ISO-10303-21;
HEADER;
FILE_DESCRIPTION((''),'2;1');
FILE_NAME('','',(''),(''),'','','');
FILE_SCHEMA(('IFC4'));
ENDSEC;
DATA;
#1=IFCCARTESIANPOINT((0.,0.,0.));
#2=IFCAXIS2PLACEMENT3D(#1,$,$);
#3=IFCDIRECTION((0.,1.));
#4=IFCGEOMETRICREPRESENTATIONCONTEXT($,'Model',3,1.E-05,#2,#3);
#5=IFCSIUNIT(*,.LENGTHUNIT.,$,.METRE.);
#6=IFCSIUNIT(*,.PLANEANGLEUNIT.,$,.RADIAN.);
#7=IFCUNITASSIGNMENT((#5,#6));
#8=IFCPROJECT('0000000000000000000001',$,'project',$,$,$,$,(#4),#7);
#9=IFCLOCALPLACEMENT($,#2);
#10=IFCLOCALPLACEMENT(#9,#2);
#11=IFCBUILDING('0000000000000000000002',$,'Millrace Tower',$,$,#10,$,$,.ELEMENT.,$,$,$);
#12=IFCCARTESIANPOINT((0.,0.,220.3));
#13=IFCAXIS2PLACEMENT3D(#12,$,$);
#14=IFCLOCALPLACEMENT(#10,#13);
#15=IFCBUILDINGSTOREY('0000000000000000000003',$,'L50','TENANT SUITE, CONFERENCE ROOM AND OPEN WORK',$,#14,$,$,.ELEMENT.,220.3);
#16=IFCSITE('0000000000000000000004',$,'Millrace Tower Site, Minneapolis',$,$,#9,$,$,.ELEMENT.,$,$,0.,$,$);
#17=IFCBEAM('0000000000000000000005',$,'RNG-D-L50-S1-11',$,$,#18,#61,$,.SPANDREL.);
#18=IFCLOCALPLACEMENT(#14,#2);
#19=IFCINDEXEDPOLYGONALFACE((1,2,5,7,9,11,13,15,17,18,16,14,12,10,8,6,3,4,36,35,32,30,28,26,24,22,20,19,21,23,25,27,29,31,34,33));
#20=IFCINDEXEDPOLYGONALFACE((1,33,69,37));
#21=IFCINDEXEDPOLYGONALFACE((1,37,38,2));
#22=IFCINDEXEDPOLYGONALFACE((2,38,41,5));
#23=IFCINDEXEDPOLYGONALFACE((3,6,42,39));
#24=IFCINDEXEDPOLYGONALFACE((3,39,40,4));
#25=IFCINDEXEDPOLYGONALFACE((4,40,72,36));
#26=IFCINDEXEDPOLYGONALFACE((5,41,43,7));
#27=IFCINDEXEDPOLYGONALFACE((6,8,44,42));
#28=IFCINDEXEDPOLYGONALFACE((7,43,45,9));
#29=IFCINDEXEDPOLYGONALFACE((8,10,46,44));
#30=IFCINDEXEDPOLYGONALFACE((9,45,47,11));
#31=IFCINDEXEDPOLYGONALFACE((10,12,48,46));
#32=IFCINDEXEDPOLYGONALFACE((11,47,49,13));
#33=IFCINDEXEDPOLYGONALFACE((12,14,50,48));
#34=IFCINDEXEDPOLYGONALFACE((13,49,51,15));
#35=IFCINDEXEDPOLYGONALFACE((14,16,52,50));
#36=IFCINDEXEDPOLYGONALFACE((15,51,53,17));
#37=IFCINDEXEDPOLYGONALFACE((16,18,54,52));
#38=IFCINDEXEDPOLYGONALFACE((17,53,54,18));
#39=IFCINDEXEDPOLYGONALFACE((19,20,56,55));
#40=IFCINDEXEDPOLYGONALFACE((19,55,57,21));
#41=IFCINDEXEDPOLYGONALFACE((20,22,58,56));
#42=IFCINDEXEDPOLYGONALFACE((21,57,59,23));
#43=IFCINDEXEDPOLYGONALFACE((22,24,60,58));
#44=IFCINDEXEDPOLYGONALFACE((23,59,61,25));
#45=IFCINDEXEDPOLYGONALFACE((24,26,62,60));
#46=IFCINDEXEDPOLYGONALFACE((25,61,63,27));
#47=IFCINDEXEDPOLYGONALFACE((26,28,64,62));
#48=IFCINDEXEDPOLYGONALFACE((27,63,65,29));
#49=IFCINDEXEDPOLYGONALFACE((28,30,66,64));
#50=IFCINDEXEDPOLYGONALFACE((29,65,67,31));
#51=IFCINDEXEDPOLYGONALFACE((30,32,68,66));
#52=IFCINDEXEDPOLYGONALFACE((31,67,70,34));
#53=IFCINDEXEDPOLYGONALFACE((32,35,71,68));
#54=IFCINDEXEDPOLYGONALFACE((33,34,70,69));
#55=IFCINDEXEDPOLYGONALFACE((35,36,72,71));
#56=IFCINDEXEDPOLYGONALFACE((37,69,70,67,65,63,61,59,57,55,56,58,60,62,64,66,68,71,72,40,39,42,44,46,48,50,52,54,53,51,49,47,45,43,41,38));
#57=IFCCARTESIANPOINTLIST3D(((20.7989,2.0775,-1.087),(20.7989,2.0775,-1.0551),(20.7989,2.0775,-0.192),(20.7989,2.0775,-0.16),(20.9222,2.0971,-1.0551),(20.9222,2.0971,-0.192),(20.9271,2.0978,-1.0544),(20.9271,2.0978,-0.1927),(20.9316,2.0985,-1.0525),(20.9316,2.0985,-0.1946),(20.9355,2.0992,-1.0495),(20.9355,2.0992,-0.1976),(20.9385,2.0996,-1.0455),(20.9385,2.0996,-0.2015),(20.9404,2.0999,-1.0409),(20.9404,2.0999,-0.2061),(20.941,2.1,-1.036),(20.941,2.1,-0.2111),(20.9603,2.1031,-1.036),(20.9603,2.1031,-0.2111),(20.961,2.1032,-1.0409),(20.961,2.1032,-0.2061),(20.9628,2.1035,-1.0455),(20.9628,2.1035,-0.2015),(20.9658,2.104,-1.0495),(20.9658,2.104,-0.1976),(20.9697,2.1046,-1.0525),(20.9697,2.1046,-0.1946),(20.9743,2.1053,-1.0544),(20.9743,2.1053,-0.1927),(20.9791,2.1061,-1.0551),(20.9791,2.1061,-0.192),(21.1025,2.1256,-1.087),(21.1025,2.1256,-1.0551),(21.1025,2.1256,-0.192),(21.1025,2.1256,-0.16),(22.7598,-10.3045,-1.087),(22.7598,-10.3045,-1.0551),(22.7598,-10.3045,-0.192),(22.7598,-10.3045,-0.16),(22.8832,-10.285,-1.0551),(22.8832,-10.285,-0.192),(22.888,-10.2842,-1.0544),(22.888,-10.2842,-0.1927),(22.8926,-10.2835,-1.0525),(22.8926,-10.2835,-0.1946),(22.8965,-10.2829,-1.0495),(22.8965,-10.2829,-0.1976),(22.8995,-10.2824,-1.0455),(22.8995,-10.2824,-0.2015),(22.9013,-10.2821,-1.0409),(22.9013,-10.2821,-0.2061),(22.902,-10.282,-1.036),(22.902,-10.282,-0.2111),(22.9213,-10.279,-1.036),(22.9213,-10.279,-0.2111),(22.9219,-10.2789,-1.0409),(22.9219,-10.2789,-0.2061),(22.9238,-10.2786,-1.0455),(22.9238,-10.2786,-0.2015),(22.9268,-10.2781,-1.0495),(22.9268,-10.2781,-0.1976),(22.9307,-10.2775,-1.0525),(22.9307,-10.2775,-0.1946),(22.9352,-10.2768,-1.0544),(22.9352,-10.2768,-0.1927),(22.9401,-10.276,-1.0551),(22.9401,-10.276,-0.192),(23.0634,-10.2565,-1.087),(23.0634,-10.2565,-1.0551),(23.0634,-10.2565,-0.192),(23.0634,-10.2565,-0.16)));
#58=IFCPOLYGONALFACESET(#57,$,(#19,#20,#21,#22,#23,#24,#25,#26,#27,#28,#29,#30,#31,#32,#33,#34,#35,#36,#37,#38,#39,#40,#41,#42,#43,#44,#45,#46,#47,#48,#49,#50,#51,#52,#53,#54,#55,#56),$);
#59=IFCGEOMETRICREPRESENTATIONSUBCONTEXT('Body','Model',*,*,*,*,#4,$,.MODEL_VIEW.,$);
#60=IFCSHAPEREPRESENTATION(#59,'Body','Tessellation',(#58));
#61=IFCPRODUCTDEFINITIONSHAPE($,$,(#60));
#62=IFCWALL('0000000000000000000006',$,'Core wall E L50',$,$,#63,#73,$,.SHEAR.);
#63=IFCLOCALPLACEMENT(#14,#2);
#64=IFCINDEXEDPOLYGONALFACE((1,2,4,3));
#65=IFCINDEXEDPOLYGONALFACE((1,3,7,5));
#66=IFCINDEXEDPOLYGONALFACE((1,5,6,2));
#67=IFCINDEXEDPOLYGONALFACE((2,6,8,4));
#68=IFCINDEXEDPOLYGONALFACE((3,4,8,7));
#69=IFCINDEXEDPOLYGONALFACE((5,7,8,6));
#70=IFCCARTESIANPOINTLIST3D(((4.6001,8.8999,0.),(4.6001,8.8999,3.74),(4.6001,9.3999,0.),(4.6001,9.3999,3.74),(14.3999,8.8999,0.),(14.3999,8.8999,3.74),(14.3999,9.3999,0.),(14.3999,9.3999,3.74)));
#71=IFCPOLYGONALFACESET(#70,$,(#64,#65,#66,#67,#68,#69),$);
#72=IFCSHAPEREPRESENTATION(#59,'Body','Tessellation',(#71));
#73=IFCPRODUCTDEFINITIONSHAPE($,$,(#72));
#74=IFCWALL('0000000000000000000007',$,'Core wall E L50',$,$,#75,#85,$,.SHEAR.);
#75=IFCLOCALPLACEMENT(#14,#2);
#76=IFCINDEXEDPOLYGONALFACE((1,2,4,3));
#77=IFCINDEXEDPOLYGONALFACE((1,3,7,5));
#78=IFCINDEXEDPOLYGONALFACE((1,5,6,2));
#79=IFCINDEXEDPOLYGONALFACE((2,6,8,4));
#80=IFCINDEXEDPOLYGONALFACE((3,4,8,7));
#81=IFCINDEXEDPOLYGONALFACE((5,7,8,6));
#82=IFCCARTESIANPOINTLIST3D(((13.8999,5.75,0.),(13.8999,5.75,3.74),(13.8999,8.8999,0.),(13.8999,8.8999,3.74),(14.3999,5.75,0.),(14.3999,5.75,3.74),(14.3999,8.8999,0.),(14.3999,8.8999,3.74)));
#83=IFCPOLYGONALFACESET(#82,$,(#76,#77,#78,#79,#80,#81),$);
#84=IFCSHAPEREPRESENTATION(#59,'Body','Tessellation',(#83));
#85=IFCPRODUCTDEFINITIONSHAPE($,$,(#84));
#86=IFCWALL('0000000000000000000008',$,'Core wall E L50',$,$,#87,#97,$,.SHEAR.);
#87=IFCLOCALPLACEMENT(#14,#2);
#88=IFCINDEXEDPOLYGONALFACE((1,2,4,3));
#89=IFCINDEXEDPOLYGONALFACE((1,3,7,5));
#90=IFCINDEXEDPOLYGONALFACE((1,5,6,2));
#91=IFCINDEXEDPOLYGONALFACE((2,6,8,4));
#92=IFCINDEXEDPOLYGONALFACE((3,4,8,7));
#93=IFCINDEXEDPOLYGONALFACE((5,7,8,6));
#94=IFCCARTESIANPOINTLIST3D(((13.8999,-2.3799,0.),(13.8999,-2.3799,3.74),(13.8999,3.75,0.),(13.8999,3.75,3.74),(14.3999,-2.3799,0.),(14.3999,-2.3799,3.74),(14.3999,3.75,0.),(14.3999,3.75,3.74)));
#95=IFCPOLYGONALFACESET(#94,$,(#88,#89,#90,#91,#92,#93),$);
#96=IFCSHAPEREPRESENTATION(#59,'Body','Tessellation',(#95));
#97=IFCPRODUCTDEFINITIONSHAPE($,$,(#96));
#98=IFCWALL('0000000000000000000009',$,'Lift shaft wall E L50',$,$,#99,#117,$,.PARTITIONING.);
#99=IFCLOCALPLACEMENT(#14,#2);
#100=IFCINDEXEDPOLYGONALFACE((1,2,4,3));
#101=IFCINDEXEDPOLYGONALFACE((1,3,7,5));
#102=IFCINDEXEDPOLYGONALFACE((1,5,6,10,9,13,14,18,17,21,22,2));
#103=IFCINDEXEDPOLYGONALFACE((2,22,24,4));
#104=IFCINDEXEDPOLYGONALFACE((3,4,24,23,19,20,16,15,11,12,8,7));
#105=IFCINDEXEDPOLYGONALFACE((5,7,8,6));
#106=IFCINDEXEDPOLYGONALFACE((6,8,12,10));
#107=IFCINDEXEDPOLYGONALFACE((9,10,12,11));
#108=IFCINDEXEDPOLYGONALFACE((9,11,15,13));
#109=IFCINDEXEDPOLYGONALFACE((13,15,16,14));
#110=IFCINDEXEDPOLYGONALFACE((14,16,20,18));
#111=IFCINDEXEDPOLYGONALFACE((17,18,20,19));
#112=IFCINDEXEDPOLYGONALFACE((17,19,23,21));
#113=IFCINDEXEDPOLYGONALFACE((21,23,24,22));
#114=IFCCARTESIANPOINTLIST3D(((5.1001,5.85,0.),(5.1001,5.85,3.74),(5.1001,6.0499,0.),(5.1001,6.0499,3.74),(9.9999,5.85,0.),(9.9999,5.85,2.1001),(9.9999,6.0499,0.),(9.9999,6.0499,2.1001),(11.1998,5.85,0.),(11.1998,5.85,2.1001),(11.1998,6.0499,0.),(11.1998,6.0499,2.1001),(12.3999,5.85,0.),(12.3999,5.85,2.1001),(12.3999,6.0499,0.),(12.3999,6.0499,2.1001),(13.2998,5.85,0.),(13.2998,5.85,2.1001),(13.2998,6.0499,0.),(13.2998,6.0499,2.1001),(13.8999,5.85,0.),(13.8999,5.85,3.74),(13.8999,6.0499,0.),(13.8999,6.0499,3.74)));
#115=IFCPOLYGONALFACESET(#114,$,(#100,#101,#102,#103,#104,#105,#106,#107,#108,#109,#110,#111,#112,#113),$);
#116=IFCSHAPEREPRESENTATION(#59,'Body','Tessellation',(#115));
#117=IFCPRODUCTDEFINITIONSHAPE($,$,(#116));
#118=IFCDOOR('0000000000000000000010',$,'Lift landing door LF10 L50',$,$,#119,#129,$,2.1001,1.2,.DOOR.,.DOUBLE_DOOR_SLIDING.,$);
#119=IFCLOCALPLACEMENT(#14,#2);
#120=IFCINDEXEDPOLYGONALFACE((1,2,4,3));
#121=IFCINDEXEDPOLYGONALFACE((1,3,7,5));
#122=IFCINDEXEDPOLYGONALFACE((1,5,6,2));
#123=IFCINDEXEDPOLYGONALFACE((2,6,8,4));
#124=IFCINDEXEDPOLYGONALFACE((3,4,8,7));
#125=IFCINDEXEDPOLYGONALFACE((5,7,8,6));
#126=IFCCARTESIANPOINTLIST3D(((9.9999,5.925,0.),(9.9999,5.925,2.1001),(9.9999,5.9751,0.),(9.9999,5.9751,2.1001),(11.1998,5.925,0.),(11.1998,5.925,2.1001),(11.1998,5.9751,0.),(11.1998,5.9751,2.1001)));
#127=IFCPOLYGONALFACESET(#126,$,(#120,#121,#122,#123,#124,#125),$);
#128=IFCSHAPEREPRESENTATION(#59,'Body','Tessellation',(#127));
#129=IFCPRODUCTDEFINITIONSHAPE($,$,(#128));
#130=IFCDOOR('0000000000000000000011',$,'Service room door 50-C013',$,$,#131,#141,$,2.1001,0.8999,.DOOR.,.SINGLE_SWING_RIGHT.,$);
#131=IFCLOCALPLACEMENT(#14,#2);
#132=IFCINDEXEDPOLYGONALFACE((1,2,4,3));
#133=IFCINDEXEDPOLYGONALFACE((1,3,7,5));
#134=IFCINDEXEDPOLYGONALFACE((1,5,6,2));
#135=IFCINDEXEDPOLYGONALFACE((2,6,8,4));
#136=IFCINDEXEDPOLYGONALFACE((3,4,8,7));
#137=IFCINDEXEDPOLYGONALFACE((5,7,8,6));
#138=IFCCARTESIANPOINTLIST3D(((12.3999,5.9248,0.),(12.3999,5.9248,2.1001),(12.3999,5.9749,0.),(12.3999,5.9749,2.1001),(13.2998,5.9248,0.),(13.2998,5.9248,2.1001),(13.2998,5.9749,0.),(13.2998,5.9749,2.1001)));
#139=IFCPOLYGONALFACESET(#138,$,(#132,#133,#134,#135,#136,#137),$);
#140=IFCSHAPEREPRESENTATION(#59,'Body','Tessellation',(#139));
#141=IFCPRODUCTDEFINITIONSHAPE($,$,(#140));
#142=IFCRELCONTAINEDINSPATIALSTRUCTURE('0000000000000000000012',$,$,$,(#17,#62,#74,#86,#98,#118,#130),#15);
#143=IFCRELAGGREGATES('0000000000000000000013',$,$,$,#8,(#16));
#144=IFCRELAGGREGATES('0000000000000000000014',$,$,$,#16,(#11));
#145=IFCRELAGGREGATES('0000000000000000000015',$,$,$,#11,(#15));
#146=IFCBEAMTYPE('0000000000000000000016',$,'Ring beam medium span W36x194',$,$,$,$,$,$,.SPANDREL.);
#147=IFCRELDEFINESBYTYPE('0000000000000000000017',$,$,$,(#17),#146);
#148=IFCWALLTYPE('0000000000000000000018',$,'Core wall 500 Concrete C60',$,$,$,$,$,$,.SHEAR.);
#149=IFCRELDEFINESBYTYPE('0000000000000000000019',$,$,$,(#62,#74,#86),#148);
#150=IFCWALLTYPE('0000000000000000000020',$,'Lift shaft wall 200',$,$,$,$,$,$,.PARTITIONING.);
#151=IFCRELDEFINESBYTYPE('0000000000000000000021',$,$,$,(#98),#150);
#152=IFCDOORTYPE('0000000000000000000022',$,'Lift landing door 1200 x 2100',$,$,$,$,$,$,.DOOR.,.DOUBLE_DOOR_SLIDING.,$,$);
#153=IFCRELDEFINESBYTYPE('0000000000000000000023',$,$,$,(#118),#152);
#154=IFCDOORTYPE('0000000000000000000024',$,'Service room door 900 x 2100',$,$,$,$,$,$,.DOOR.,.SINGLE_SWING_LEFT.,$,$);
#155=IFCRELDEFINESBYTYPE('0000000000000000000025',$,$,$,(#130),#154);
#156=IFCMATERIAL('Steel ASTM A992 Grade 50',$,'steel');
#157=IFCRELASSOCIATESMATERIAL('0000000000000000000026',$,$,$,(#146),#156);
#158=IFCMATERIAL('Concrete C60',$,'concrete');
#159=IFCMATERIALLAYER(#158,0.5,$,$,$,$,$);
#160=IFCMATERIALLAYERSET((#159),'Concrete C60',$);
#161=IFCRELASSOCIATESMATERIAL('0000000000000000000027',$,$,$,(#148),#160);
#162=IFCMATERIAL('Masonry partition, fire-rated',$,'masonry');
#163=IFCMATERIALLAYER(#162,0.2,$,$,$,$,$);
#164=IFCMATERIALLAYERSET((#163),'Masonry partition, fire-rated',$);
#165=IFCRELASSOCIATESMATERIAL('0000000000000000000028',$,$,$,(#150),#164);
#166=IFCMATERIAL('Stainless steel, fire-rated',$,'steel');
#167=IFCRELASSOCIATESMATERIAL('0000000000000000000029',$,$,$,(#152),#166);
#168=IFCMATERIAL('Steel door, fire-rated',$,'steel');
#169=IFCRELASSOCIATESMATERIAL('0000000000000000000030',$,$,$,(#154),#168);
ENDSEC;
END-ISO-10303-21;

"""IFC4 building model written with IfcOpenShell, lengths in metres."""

from ifc_helpers import new_model, si_unit, direction, frame, frame_2d, origin, origin_2d, place, context, subcontext, project, spatial, rectangle, i_section, extrude, material, layer, layer_set, material_profile, profile_set, type_object, element, fill, save


model = new_model("IFC4")

# Units and contexts
model_context = context("Model", 3, precision=1e-05, world=origin(), true_north=direction((0.0, 1.0)))
body_context = subcontext(model_context, "Body", "Model", "MODEL_VIEW")
ifc_project = project(units=[si_unit("LENGTHUNIT", "METRE"), si_unit("PLANEANGLEUNIT", "RADIAN")], contexts=[model_context])

# Site, building, storey
site_placement = place(None, origin())
site = spatial("IfcSite", under=ifc_project, at=site_placement, Name="Millrace Tower Site, Minneapolis", CompositionType="ELEMENT", RefElevation=0.0)
building_placement = place(site_placement, origin())
building = spatial("IfcBuilding", under=site, at=building_placement, Name="Millrace Tower", CompositionType="ELEMENT")
storey_placement = place(building_placement, frame((0.0, 0.0, 220.3)))
storey = spatial("IfcBuildingStorey", under=building, at=storey_placement, Name="L50", Description="TENANT SUITE, CONFERENCE ROOM AND OPEN WORK", CompositionType="ELEMENT", Elevation=220.3)

# Beam
ifc_material_1 = material(Name="Steel ASTM A992 Grade 50", Category="steel")
ifc_material_profile_1 = material_profile(ifc_material_1, i_section(OverallWidth=0.3074, OverallDepth=0.927, WebThickness=0.0195, FlangeThickness=0.032, FilletRadius=0.019, at=origin_2d()))
ifc_profile_set_1 = profile_set([ifc_material_profile_1], Name="Steel ASTM A992 Grade 50")
beam_type_1 = type_object("IfcBeamType", Name="Ring beam medium span W36x194", PredefinedType="SPANDREL", material=ifc_profile_set_1)
beam_1_placement = place(storey_placement, frame((20.9507, 2.1016, -0.6235), z_axis=(0.15642, -0.987691, 0.0), x_axis=(0.987691, 0.15642, 0.0)))
element("IfcBeam", 1, at=beam_1_placement, inside=storey, type_object=beam_type_1, Name="RNG-D-L50-S1-11", PredefinedType="SPANDREL", context=body_context, shape_type="SweptSolid", body=[
    extrude(i_section(OverallWidth=0.3074, OverallDepth=0.927, WebThickness=0.0195, FlangeThickness=0.032, FilletRadius=0.019, at=origin_2d()), origin(), (0.0, 0.0, 1.0), 12.5364),
])

# Walls
ifc_material_2 = material(Name="Concrete C60", Category="concrete")
ifc_layer_1 = layer(ifc_material_2, 0.5)
ifc_layer_set_1 = layer_set([ifc_layer_1], Name="Concrete C60")
wall_type_1 = type_object("IfcWallType", Name="Core wall 500 Concrete C60", PredefinedType="SHEAR", material=ifc_layer_set_1)
wall_1_placement = place(storey_placement, frame((14.3999, 9.1499, 0.0), z_axis=(0.0, 0.0, 1.0), x_axis=(-1.0, 0.0, 0.0)))
element("IfcWall", 2, at=wall_1_placement, inside=storey, type_object=wall_type_1, Name="Core wall E L50", PredefinedType="SHEAR", context=body_context, shape_type="SweptSolid", body=[
    extrude(rectangle(XDim=9.7998, YDim=0.5, at=frame_2d((4.8999, 0.0))), origin(), (0.0, 0.0, 1.0), 3.74),
])
wall_2_placement = place(storey_placement, frame((14.1499, 8.8999, 0.0), z_axis=(0.0, 0.0, 1.0), x_axis=(0.0, -1.0, 0.0)))
element("IfcWall", 3, at=wall_2_placement, inside=storey, type_object=wall_type_1, Name="Core wall E L50", PredefinedType="SHEAR", context=body_context, shape_type="SweptSolid", body=[
    extrude(rectangle(XDim=3.1499, YDim=0.5, at=frame_2d((1.575, 0.0))), origin(), (0.0, 0.0, 1.0), 3.74),
])
wall_3_placement = place(storey_placement, frame((14.1499, 3.75, 0.0), z_axis=(0.0, 0.0, 1.0), x_axis=(0.0, -1.0, 0.0)))
element("IfcWall", 4, at=wall_3_placement, inside=storey, type_object=wall_type_1, Name="Core wall E L50", PredefinedType="SHEAR", context=body_context, shape_type="SweptSolid", body=[
    extrude(rectangle(XDim=6.1299, YDim=0.5, at=frame_2d((3.0649, 0.0))), origin(), (0.0, 0.0, 1.0), 3.74),
])

# Wall, openings, doors
ifc_material_3 = material(Name="Masonry partition, fire-rated", Category="masonry")
ifc_layer_2 = layer(ifc_material_3, 0.2)
ifc_layer_set_2 = layer_set([ifc_layer_2], Name="Masonry partition, fire-rated")
wall_type_2 = type_object("IfcWallType", Name="Lift shaft wall 200", PredefinedType="PARTITIONING", material=ifc_layer_set_2)
wall_4_placement = place(storey_placement, frame((13.8999, 5.95, 0.0), z_axis=(0.0, 0.0, 1.0), x_axis=(-1.0, 0.0, 0.0)))
wall_4 = element("IfcWall", 5, at=wall_4_placement, inside=storey, type_object=wall_type_2, Name="Lift shaft wall E L50", PredefinedType="PARTITIONING", context=body_context, shape_type="SweptSolid", body=[
    extrude(rectangle(XDim=8.7998, YDim=0.2, at=frame_2d((4.3999, 0.0))), origin(), (0.0, 0.0, 1.0), 3.74),
])
opening_1_placement = place(wall_4_placement, frame((2.7, 0.0, 0.0)))
opening_1 = element("IfcOpeningElement", 6, at=opening_1_placement, cuts=wall_4, PredefinedType="OPENING", context=body_context, shape_type="SweptSolid", body=[
    extrude(rectangle(XDim=1.2, YDim=2.1001, at=frame_2d((0.6001, 1.05))), frame((0.0, 0.1099, 0.0), z_axis=(0.0, -1.0, 0.0), x_axis=(1.0, 0.0, 0.0)), (0.0, 0.0, 1.0), 0.22),
])
opening_2_placement = place(wall_4_placement, frame((0.6001, 0.0, 0.0)))
opening_2 = element("IfcOpeningElement", 7, at=opening_2_placement, cuts=wall_4, PredefinedType="OPENING", context=body_context, shape_type="SweptSolid", body=[
    extrude(rectangle(XDim=0.8999, YDim=2.1001, at=frame_2d((0.45, 1.05))), frame((0.0, 0.1099, 0.0), z_axis=(0.0, -1.0, 0.0), x_axis=(1.0, 0.0, 0.0)), (0.0, 0.0, 1.0), 0.22),
])
ifc_material_4 = material(Name="Stainless steel, fire-rated", Category="steel")
door_type_1 = type_object("IfcDoorType", Name="Lift landing door 1200 x 2100", OperationType="DOUBLE_DOOR_SLIDING", PredefinedType="DOOR", material=ifc_material_4)
door_1_placement = place(opening_1_placement, origin())
door_1 = element("IfcDoor", 8, at=door_1_placement, inside=storey, type_object=door_type_1, Name="Lift landing door LF10 L50", OperationType="DOUBLE_DOOR_SLIDING", OverallHeight=2.1001, OverallWidth=1.2, PredefinedType="DOOR", context=body_context, shape_type="SweptSolid", body=[
    extrude(rectangle(XDim=1.2, YDim=2.1001, at=frame_2d((0.6001, 1.05))), frame((0.0, 0.0249, 0.0), z_axis=(0.0, -1.0, 0.0), x_axis=(1.0, 0.0, 0.0)), (0.0, 0.0, 1.0), 0.05),
])
fill(opening_1, door_1)
ifc_material_5 = material(Name="Steel door, fire-rated", Category="steel")
door_type_2 = type_object("IfcDoorType", Name="Service room door 900 x 2100", OperationType="SINGLE_SWING_LEFT", PredefinedType="DOOR", material=ifc_material_5)
door_2_placement = place(opening_2_placement, frame((0.8999, 0.0, 0.0), z_axis=(0.0, 0.0, 1.0), x_axis=(-1.0, 0.0, 0.0)))
door_2 = element("IfcDoor", 9, at=door_2_placement, inside=storey, type_object=door_type_2, Name="Service room door 50-C013", OperationType="SINGLE_SWING_RIGHT", OverallHeight=2.1001, OverallWidth=0.8999, PredefinedType="DOOR", context=body_context, shape_type="SweptSolid", body=[
    extrude(rectangle(XDim=0.8999, YDim=2.1001, at=frame_2d((0.45, 1.05))), frame((0.0, 0.0249, 0.0), z_axis=(0.0, -1.0, 0.0), x_axis=(1.0, 0.0, 0.0)), (0.0, 0.0, 1.0), 0.05),
])
fill(opening_2, door_2)

save(model, "model.ifc")
